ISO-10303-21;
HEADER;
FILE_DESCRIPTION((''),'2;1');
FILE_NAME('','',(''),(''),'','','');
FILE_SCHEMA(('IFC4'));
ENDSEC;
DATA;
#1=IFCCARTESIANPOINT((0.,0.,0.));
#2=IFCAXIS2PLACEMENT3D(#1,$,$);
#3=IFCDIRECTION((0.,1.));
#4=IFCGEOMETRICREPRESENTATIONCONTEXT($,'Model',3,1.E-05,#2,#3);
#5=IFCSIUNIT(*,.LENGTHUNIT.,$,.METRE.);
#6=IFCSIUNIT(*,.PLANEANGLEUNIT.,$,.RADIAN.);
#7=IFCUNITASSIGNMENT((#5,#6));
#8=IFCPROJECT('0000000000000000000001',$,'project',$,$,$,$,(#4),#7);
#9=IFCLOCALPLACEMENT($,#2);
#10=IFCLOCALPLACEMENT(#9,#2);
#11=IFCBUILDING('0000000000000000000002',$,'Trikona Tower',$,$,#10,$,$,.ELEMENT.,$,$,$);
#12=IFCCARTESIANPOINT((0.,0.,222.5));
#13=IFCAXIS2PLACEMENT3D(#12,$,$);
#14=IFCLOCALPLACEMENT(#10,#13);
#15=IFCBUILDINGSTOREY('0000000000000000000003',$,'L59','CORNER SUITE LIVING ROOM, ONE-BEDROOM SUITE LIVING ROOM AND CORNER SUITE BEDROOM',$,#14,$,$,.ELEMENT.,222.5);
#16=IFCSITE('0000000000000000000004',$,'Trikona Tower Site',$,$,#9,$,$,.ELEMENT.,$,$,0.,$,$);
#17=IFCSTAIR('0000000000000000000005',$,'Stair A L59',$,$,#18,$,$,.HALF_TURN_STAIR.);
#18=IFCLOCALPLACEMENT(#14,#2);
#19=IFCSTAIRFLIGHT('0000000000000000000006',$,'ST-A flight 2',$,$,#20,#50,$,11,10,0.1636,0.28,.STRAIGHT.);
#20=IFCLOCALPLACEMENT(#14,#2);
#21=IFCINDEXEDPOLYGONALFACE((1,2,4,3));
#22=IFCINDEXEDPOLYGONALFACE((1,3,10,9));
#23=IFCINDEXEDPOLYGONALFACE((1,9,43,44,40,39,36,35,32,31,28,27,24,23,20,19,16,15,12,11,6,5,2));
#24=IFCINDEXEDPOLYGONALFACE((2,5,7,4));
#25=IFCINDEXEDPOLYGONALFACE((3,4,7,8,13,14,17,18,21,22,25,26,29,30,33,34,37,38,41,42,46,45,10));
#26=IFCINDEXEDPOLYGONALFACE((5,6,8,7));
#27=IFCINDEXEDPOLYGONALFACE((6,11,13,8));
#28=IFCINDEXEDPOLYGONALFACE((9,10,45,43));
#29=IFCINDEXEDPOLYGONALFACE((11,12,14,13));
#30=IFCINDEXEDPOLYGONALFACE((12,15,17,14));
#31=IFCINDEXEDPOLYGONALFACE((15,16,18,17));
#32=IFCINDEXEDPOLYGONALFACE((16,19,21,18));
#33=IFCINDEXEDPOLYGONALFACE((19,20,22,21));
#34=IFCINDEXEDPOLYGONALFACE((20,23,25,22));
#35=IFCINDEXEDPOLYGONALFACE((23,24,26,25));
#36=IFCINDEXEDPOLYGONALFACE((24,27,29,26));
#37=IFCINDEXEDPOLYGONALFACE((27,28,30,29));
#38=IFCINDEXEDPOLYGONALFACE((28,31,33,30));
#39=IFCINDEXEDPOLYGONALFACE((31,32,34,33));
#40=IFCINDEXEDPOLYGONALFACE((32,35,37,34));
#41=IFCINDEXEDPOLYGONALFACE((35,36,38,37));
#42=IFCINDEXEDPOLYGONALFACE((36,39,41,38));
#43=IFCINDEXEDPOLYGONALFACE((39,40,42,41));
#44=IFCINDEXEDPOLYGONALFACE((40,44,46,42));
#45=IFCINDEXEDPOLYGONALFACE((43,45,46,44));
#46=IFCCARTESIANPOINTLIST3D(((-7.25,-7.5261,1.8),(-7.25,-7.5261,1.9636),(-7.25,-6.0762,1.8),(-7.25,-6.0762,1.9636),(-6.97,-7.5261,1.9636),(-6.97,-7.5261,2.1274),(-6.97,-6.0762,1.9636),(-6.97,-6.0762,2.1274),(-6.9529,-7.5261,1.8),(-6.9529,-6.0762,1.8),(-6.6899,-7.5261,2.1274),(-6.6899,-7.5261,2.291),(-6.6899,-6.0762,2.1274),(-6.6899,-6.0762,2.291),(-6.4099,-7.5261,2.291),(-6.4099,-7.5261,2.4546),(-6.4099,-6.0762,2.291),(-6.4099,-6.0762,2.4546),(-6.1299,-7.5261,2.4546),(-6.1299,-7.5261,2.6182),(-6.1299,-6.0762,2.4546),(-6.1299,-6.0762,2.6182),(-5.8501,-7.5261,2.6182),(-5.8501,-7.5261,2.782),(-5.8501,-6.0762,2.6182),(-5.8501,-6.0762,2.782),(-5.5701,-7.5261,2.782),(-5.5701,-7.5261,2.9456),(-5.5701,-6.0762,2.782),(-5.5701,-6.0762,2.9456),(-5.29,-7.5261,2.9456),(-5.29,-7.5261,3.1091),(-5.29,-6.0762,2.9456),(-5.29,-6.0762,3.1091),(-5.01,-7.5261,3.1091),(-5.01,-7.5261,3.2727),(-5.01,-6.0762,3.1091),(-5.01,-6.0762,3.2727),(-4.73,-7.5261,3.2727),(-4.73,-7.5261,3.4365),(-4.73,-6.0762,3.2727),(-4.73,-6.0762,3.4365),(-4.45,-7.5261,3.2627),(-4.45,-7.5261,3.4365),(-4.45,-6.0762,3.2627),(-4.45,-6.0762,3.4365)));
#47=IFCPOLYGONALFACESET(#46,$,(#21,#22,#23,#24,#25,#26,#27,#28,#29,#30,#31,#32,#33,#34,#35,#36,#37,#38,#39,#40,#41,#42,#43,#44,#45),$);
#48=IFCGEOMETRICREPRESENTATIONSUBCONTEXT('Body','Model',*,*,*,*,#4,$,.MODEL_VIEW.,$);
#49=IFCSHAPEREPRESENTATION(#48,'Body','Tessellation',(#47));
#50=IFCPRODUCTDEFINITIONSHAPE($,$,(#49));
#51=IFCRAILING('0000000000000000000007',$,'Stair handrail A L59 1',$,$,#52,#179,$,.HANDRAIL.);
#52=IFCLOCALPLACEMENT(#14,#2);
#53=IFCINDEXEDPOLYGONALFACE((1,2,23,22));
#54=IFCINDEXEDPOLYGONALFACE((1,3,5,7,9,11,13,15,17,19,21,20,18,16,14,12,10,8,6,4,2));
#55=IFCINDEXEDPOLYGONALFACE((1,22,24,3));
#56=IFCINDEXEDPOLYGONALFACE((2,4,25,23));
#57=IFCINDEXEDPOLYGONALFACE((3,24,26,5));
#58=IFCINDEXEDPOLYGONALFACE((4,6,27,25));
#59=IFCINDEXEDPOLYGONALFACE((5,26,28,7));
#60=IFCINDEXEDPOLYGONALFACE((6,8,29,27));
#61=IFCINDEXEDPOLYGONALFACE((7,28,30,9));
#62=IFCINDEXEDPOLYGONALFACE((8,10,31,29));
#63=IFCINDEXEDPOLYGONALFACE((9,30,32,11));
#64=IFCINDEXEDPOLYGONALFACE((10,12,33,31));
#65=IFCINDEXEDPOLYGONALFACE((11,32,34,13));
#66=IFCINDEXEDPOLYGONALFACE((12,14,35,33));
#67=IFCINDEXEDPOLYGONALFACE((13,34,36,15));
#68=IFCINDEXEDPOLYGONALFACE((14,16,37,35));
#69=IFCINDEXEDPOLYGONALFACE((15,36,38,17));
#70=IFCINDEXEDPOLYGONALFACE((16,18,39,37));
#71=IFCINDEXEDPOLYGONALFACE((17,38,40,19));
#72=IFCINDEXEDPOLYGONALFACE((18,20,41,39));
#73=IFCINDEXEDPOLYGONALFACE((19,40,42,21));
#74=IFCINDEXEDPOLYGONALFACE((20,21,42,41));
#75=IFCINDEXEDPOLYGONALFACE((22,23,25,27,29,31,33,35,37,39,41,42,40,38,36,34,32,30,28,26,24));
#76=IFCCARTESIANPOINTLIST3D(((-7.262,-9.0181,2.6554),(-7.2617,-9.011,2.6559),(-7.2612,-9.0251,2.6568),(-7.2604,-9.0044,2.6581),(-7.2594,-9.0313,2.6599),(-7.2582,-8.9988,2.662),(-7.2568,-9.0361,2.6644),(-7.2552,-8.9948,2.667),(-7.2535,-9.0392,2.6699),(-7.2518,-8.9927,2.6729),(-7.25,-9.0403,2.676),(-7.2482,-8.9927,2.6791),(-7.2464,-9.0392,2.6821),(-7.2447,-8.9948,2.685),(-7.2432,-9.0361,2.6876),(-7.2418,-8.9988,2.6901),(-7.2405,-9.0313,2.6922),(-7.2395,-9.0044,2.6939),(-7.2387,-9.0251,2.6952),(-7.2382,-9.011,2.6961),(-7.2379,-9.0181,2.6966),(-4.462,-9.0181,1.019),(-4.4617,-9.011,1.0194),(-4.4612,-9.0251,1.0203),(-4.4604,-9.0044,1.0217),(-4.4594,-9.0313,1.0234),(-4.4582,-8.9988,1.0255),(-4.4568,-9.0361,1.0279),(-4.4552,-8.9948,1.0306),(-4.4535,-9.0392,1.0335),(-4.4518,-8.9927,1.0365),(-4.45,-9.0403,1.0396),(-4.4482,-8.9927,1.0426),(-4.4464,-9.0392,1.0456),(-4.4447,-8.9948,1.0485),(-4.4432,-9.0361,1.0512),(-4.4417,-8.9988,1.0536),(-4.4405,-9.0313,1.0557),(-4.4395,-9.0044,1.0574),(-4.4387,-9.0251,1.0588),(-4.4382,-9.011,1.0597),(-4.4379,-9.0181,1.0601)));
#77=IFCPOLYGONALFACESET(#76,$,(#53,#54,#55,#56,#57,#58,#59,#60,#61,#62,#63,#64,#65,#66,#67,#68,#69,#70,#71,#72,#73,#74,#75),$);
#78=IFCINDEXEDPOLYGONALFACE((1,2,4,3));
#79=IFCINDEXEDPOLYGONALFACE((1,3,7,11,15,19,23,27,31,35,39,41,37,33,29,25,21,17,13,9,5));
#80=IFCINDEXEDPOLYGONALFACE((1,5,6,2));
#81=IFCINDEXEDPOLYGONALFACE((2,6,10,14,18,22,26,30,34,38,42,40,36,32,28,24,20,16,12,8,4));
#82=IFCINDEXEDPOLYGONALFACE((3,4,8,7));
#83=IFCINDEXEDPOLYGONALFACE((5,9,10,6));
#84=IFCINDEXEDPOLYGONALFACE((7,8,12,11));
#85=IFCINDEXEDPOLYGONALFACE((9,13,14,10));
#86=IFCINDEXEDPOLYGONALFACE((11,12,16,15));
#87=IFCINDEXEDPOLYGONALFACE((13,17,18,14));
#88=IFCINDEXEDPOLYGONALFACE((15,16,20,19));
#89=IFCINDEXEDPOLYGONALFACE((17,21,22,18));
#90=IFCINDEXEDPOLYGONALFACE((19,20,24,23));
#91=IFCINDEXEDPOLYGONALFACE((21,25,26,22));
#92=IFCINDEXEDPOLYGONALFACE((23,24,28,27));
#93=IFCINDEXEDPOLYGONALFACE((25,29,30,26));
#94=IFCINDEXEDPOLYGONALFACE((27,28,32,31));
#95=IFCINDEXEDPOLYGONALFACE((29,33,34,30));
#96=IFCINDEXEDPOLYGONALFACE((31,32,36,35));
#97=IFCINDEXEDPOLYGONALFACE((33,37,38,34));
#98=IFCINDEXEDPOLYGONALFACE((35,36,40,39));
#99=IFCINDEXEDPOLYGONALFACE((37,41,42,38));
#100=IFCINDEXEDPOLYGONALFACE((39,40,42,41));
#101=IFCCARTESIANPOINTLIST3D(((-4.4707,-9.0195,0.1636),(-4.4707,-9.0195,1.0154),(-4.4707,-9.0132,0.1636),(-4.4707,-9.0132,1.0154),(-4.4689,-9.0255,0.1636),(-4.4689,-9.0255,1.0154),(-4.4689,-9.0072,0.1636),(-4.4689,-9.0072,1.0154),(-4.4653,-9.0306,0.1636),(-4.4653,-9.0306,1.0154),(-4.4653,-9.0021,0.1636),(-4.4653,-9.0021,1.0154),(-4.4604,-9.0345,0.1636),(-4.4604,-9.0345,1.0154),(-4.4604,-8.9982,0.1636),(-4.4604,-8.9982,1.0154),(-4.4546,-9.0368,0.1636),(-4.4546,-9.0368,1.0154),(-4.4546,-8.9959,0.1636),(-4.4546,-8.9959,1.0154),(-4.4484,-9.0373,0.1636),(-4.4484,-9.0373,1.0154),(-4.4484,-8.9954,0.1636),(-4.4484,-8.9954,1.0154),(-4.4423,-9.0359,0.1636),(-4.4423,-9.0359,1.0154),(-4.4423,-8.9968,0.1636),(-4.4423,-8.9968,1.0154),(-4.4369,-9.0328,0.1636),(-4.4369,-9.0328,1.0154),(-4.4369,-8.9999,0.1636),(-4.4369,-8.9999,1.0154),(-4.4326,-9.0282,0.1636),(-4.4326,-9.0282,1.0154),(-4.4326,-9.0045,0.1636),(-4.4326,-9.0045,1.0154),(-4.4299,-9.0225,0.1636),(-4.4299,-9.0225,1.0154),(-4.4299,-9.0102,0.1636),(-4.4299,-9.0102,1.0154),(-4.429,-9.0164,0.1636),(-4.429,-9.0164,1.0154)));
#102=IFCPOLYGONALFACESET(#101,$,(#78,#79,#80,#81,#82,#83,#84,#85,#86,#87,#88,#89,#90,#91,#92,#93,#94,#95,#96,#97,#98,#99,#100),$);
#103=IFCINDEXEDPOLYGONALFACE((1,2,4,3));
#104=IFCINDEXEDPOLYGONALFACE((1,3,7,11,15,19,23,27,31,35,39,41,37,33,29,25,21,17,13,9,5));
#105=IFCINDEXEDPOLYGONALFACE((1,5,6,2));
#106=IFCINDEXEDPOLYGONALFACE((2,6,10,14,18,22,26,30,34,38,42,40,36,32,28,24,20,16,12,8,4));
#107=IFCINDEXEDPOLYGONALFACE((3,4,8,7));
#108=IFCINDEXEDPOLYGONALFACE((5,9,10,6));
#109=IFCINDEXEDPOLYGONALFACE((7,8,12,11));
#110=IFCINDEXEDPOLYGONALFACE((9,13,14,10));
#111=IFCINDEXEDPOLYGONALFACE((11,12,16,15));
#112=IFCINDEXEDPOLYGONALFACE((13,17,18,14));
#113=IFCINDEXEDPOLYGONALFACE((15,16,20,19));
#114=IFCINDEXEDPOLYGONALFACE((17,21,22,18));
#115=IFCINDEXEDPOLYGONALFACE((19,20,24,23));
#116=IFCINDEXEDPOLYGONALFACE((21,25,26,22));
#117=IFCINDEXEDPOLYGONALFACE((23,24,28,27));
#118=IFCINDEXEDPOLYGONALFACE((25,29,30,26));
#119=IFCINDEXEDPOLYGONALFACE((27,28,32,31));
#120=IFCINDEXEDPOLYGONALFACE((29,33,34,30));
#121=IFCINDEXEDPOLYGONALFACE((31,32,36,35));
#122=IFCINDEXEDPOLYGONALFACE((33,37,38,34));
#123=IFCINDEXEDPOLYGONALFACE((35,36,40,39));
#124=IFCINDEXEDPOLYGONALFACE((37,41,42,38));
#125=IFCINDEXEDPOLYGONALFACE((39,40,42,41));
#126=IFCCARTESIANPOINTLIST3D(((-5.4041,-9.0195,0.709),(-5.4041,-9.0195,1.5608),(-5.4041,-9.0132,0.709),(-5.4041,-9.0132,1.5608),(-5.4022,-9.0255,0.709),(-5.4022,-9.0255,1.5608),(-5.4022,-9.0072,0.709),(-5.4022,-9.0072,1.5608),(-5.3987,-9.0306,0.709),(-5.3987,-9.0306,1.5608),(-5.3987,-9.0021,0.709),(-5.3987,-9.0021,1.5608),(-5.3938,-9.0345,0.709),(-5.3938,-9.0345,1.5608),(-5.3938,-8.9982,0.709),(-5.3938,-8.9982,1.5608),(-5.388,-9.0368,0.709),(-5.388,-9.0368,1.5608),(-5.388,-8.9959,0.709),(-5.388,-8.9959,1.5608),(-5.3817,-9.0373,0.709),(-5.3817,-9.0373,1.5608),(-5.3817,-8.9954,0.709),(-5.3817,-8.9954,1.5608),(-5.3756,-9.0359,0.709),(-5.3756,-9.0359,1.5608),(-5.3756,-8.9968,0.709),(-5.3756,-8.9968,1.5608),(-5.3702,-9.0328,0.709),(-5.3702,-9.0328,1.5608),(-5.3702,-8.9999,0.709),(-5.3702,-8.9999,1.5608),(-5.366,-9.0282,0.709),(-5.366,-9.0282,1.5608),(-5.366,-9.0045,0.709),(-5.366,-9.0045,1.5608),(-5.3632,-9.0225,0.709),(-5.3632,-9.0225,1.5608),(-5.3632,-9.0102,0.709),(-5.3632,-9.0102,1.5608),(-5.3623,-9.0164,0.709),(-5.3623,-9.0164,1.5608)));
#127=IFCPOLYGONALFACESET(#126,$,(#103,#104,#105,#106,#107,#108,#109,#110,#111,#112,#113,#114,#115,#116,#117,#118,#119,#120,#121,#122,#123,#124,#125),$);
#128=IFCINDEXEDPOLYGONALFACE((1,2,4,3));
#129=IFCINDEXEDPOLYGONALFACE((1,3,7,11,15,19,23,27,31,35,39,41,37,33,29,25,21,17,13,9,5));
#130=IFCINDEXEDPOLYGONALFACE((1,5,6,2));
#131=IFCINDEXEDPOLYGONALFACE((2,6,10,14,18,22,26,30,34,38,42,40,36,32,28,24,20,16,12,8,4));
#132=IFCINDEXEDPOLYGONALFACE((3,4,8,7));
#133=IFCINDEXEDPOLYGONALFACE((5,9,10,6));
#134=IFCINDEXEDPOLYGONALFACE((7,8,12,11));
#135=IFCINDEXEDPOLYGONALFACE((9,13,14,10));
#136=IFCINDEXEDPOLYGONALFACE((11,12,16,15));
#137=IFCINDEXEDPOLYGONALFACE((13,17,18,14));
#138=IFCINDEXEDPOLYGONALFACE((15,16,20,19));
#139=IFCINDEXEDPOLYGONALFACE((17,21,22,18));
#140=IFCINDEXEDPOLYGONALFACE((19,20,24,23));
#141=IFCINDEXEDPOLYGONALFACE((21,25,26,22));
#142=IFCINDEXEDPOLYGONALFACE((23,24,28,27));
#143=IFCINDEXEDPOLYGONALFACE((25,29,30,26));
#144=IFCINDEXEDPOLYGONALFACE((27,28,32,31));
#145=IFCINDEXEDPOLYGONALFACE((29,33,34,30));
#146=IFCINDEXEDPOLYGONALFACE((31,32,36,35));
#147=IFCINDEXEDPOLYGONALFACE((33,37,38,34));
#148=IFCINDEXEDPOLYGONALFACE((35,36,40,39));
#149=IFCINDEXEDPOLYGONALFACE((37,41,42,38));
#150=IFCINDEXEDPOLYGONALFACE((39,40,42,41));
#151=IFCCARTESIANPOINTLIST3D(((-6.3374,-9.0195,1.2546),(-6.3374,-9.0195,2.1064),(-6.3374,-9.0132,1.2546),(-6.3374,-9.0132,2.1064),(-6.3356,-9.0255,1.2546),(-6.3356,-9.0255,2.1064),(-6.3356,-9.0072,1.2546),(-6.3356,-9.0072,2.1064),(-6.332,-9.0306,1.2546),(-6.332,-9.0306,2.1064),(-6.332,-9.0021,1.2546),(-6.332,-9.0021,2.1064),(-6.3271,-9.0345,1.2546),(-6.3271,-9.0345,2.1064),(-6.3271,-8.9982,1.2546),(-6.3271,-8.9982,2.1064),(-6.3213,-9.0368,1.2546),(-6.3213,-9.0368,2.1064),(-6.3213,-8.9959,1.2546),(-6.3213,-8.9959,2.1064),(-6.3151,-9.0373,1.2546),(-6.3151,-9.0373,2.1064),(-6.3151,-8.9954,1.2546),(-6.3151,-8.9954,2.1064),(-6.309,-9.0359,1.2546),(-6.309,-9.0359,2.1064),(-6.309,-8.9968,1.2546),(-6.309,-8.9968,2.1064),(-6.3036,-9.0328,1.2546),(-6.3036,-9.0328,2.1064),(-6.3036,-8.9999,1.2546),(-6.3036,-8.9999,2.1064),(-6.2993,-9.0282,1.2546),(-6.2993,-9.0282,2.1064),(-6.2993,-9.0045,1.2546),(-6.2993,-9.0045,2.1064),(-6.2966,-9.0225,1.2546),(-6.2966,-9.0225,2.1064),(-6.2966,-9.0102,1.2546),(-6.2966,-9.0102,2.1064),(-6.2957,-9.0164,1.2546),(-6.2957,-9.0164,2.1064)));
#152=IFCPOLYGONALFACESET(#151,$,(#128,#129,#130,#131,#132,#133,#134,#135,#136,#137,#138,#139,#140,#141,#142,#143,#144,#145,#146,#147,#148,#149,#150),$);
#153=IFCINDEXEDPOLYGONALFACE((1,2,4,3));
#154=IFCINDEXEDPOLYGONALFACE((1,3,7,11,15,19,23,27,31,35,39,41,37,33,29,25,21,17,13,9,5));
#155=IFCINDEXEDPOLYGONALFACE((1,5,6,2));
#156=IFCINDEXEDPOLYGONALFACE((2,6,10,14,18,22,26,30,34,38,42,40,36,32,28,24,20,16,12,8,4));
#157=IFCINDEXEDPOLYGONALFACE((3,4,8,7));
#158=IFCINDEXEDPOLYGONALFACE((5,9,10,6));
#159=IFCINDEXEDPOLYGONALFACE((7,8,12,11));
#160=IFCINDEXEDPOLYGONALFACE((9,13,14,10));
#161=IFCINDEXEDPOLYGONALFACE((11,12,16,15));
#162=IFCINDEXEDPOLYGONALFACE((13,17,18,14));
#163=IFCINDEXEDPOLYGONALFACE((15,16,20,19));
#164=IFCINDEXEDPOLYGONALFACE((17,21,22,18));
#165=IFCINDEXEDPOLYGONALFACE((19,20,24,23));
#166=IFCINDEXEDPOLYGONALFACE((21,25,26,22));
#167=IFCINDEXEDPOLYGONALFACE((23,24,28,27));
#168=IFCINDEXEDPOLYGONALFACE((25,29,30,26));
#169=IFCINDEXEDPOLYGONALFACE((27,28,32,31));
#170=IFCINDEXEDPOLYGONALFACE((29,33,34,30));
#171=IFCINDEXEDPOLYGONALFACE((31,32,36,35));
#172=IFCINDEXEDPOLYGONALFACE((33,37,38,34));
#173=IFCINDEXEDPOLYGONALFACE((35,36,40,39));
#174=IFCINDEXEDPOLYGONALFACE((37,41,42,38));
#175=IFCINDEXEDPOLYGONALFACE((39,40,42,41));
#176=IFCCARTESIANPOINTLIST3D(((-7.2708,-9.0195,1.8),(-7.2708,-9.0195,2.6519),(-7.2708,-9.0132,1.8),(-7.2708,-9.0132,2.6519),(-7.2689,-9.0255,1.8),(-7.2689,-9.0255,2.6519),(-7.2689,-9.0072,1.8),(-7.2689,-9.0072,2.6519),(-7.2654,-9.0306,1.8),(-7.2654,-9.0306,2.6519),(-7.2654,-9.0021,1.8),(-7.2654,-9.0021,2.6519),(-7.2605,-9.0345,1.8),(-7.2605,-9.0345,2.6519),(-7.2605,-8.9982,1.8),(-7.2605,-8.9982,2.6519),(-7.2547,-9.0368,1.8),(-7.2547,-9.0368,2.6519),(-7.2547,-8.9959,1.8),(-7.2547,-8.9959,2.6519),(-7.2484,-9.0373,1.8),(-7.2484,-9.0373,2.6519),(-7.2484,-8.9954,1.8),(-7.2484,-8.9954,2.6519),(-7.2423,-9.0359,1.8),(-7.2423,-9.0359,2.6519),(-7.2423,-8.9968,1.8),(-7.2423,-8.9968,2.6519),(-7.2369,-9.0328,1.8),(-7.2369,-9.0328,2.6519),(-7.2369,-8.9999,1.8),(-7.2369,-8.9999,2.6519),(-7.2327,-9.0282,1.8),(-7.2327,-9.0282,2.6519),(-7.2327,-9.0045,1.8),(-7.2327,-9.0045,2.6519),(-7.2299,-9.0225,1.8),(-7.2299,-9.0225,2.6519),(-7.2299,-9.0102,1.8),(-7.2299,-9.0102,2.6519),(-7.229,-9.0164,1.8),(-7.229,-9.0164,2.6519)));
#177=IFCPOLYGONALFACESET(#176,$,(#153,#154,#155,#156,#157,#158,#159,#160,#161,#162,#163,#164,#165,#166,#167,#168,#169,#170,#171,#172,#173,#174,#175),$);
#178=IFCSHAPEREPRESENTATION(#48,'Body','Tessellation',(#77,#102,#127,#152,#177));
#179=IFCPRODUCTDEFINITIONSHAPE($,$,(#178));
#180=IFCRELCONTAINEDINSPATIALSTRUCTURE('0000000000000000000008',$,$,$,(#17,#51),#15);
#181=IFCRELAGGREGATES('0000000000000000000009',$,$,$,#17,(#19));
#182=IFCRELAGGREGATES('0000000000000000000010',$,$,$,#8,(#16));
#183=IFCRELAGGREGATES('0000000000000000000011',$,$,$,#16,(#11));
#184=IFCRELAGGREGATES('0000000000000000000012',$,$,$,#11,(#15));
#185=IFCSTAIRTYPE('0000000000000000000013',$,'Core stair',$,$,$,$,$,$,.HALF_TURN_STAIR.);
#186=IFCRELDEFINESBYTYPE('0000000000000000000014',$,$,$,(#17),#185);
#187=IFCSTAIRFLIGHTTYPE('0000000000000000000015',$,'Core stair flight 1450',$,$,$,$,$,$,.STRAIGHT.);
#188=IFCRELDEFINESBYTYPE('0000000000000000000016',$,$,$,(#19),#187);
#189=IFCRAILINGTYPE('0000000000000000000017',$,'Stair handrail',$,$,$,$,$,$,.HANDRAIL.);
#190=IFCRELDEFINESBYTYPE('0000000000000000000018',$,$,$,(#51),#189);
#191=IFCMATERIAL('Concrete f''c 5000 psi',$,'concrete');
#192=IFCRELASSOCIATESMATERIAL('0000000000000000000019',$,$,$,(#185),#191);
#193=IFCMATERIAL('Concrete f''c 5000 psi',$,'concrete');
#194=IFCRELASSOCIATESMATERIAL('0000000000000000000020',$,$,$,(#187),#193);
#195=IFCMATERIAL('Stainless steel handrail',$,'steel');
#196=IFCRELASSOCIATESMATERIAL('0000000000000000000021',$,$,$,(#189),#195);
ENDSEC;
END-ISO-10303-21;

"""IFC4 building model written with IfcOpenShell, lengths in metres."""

from ifc_helpers import new_model, si_unit, direction, frame, origin, origin_2d, place, context, subcontext, project, spatial, polyline, circle, outline, extrude, material, type_object, element, aggregate, save


model = new_model("IFC4")

# Units and contexts
model_context = context("Model", 3, precision=1e-05, world=origin(), true_north=direction((0.0, 1.0)))
body_context = subcontext(model_context, "Body", "Model", "MODEL_VIEW")
ifc_project = project(units=[si_unit("LENGTHUNIT", "METRE"), si_unit("PLANEANGLEUNIT", "RADIAN")], contexts=[model_context])

# Site, building, storey
site_placement = place(None, origin())
site = spatial("IfcSite", under=ifc_project, at=site_placement, Name="Trikona Tower Site", CompositionType="ELEMENT", RefElevation=0.0)
building_placement = place(site_placement, origin())
building = spatial("IfcBuilding", under=site, at=building_placement, Name="Trikona Tower", CompositionType="ELEMENT")
storey_placement = place(building_placement, frame((0.0, 0.0, 222.5)))
storey = spatial("IfcBuildingStorey", under=building, at=storey_placement, Name="L59", Description="CORNER SUITE LIVING ROOM, ONE-BEDROOM SUITE LIVING ROOM AND CORNER SUITE BEDROOM", CompositionType="ELEMENT", Elevation=222.5)

# Stair, stair flight
ifc_material_1 = material(Name="Concrete f'c 5000 psi", Category="concrete")
stair_type = type_object("IfcStairType", Name="Core stair", PredefinedType="HALF_TURN_STAIR", material=ifc_material_1)
stair_placement = place(storey_placement, origin())
stair = element("IfcStair", 1, at=stair_placement, inside=storey, type_object=stair_type, Name="Stair A L59", PredefinedType="HALF_TURN_STAIR")
ifc_material_2 = material(Name="Concrete f'c 5000 psi", Category="concrete")
stair_flight_type = type_object("IfcStairFlightType", Name="Core stair flight 1450", PredefinedType="STRAIGHT", material=ifc_material_2)
stair_flight_1_placement = place(storey_placement, frame((-7.25, -6.8013, 1.8), z_axis=(0.0, 0.0, 1.0), x_axis=(1.0, 0.0, 0.0)))
stair_flight_1 = element("IfcStairFlight", 2, at=stair_flight_1_placement, type_object=stair_flight_type, Name="ST-A flight 2", NumberOfRisers=11, NumberOfTreads=10, PredefinedType="STRAIGHT", RiserHeight=0.1636, TreadLength=0.28, context=body_context, shape_type="SweptSolid", body=[
    extrude(outline(polyline([(0.0, 0.0), (0.0, 0.1636), (0.28, 0.1636), (0.28, 0.3274), (0.5601, 0.3274), (0.5601, 0.491), (0.8401, 0.491), (0.8401, 0.6545), (1.1201, 0.6545), (1.1201, 0.8181), (1.3999, 0.8181), (1.3999, 0.9819), (1.6799, 0.9819), (1.6799, 1.1455), (1.96, 1.1455), (1.96, 1.3091), (2.24, 1.3091), (2.24, 1.4727), (2.52, 1.4727), (2.52, 1.6365), (2.8, 1.6365), (2.8, 1.8), (2.8, 1.4626), (0.2971, 0.0), (0.0, 0.0)])), frame((0.0, 0.7251, 0.0), z_axis=(0.0, -1.0, 0.0), x_axis=(1.0, 0.0, 0.0)), (0.0, 0.0, 1.0), 1.45),
])
aggregate(stair, [stair_flight_1])

# Railing
ifc_material_3 = material(Name="Stainless steel handrail", Category="steel")
railing_type = type_object("IfcRailingType", Name="Stair handrail", PredefinedType="HANDRAIL", material=ifc_material_3)
railing_1_placement = place(storey_placement, frame((-4.45, -9.0164, 0.1636)))
element("IfcRailing", 3, at=railing_1_placement, inside=storey, type_object=railing_type, Name="Stair handrail A L59 1", PredefinedType="HANDRAIL", context=body_context, shape_type="SweptSolid", body=[
    extrude(circle(Radius=0.0239, at=origin_2d()), frame((0.0, 0.0, 0.876), z_axis=(-0.863361, 0.0, 0.504587), x_axis=(0.0, -1.0, 0.0)), (0.0, 0.0, 1.0), 3.2432),
    extrude(circle(Radius=0.021, at=origin_2d()), origin(), (0.0, 0.0, 1.0), 0.8518),
    extrude(circle(Radius=0.021, at=origin_2d()), frame((-0.9333, 0.0, 0.5454)), (0.0, 0.0, 1.0), 0.8518),
    extrude(circle(Radius=0.021, at=origin_2d()), frame((-1.8667, 0.0, 1.0911)), (0.0, 0.0, 1.0), 0.8518),
    extrude(circle(Radius=0.021, at=origin_2d()), frame((-2.8, 0.0, 1.6365)), (0.0, 0.0, 1.0), 0.8518),
])

save(model, "model.ifc")
